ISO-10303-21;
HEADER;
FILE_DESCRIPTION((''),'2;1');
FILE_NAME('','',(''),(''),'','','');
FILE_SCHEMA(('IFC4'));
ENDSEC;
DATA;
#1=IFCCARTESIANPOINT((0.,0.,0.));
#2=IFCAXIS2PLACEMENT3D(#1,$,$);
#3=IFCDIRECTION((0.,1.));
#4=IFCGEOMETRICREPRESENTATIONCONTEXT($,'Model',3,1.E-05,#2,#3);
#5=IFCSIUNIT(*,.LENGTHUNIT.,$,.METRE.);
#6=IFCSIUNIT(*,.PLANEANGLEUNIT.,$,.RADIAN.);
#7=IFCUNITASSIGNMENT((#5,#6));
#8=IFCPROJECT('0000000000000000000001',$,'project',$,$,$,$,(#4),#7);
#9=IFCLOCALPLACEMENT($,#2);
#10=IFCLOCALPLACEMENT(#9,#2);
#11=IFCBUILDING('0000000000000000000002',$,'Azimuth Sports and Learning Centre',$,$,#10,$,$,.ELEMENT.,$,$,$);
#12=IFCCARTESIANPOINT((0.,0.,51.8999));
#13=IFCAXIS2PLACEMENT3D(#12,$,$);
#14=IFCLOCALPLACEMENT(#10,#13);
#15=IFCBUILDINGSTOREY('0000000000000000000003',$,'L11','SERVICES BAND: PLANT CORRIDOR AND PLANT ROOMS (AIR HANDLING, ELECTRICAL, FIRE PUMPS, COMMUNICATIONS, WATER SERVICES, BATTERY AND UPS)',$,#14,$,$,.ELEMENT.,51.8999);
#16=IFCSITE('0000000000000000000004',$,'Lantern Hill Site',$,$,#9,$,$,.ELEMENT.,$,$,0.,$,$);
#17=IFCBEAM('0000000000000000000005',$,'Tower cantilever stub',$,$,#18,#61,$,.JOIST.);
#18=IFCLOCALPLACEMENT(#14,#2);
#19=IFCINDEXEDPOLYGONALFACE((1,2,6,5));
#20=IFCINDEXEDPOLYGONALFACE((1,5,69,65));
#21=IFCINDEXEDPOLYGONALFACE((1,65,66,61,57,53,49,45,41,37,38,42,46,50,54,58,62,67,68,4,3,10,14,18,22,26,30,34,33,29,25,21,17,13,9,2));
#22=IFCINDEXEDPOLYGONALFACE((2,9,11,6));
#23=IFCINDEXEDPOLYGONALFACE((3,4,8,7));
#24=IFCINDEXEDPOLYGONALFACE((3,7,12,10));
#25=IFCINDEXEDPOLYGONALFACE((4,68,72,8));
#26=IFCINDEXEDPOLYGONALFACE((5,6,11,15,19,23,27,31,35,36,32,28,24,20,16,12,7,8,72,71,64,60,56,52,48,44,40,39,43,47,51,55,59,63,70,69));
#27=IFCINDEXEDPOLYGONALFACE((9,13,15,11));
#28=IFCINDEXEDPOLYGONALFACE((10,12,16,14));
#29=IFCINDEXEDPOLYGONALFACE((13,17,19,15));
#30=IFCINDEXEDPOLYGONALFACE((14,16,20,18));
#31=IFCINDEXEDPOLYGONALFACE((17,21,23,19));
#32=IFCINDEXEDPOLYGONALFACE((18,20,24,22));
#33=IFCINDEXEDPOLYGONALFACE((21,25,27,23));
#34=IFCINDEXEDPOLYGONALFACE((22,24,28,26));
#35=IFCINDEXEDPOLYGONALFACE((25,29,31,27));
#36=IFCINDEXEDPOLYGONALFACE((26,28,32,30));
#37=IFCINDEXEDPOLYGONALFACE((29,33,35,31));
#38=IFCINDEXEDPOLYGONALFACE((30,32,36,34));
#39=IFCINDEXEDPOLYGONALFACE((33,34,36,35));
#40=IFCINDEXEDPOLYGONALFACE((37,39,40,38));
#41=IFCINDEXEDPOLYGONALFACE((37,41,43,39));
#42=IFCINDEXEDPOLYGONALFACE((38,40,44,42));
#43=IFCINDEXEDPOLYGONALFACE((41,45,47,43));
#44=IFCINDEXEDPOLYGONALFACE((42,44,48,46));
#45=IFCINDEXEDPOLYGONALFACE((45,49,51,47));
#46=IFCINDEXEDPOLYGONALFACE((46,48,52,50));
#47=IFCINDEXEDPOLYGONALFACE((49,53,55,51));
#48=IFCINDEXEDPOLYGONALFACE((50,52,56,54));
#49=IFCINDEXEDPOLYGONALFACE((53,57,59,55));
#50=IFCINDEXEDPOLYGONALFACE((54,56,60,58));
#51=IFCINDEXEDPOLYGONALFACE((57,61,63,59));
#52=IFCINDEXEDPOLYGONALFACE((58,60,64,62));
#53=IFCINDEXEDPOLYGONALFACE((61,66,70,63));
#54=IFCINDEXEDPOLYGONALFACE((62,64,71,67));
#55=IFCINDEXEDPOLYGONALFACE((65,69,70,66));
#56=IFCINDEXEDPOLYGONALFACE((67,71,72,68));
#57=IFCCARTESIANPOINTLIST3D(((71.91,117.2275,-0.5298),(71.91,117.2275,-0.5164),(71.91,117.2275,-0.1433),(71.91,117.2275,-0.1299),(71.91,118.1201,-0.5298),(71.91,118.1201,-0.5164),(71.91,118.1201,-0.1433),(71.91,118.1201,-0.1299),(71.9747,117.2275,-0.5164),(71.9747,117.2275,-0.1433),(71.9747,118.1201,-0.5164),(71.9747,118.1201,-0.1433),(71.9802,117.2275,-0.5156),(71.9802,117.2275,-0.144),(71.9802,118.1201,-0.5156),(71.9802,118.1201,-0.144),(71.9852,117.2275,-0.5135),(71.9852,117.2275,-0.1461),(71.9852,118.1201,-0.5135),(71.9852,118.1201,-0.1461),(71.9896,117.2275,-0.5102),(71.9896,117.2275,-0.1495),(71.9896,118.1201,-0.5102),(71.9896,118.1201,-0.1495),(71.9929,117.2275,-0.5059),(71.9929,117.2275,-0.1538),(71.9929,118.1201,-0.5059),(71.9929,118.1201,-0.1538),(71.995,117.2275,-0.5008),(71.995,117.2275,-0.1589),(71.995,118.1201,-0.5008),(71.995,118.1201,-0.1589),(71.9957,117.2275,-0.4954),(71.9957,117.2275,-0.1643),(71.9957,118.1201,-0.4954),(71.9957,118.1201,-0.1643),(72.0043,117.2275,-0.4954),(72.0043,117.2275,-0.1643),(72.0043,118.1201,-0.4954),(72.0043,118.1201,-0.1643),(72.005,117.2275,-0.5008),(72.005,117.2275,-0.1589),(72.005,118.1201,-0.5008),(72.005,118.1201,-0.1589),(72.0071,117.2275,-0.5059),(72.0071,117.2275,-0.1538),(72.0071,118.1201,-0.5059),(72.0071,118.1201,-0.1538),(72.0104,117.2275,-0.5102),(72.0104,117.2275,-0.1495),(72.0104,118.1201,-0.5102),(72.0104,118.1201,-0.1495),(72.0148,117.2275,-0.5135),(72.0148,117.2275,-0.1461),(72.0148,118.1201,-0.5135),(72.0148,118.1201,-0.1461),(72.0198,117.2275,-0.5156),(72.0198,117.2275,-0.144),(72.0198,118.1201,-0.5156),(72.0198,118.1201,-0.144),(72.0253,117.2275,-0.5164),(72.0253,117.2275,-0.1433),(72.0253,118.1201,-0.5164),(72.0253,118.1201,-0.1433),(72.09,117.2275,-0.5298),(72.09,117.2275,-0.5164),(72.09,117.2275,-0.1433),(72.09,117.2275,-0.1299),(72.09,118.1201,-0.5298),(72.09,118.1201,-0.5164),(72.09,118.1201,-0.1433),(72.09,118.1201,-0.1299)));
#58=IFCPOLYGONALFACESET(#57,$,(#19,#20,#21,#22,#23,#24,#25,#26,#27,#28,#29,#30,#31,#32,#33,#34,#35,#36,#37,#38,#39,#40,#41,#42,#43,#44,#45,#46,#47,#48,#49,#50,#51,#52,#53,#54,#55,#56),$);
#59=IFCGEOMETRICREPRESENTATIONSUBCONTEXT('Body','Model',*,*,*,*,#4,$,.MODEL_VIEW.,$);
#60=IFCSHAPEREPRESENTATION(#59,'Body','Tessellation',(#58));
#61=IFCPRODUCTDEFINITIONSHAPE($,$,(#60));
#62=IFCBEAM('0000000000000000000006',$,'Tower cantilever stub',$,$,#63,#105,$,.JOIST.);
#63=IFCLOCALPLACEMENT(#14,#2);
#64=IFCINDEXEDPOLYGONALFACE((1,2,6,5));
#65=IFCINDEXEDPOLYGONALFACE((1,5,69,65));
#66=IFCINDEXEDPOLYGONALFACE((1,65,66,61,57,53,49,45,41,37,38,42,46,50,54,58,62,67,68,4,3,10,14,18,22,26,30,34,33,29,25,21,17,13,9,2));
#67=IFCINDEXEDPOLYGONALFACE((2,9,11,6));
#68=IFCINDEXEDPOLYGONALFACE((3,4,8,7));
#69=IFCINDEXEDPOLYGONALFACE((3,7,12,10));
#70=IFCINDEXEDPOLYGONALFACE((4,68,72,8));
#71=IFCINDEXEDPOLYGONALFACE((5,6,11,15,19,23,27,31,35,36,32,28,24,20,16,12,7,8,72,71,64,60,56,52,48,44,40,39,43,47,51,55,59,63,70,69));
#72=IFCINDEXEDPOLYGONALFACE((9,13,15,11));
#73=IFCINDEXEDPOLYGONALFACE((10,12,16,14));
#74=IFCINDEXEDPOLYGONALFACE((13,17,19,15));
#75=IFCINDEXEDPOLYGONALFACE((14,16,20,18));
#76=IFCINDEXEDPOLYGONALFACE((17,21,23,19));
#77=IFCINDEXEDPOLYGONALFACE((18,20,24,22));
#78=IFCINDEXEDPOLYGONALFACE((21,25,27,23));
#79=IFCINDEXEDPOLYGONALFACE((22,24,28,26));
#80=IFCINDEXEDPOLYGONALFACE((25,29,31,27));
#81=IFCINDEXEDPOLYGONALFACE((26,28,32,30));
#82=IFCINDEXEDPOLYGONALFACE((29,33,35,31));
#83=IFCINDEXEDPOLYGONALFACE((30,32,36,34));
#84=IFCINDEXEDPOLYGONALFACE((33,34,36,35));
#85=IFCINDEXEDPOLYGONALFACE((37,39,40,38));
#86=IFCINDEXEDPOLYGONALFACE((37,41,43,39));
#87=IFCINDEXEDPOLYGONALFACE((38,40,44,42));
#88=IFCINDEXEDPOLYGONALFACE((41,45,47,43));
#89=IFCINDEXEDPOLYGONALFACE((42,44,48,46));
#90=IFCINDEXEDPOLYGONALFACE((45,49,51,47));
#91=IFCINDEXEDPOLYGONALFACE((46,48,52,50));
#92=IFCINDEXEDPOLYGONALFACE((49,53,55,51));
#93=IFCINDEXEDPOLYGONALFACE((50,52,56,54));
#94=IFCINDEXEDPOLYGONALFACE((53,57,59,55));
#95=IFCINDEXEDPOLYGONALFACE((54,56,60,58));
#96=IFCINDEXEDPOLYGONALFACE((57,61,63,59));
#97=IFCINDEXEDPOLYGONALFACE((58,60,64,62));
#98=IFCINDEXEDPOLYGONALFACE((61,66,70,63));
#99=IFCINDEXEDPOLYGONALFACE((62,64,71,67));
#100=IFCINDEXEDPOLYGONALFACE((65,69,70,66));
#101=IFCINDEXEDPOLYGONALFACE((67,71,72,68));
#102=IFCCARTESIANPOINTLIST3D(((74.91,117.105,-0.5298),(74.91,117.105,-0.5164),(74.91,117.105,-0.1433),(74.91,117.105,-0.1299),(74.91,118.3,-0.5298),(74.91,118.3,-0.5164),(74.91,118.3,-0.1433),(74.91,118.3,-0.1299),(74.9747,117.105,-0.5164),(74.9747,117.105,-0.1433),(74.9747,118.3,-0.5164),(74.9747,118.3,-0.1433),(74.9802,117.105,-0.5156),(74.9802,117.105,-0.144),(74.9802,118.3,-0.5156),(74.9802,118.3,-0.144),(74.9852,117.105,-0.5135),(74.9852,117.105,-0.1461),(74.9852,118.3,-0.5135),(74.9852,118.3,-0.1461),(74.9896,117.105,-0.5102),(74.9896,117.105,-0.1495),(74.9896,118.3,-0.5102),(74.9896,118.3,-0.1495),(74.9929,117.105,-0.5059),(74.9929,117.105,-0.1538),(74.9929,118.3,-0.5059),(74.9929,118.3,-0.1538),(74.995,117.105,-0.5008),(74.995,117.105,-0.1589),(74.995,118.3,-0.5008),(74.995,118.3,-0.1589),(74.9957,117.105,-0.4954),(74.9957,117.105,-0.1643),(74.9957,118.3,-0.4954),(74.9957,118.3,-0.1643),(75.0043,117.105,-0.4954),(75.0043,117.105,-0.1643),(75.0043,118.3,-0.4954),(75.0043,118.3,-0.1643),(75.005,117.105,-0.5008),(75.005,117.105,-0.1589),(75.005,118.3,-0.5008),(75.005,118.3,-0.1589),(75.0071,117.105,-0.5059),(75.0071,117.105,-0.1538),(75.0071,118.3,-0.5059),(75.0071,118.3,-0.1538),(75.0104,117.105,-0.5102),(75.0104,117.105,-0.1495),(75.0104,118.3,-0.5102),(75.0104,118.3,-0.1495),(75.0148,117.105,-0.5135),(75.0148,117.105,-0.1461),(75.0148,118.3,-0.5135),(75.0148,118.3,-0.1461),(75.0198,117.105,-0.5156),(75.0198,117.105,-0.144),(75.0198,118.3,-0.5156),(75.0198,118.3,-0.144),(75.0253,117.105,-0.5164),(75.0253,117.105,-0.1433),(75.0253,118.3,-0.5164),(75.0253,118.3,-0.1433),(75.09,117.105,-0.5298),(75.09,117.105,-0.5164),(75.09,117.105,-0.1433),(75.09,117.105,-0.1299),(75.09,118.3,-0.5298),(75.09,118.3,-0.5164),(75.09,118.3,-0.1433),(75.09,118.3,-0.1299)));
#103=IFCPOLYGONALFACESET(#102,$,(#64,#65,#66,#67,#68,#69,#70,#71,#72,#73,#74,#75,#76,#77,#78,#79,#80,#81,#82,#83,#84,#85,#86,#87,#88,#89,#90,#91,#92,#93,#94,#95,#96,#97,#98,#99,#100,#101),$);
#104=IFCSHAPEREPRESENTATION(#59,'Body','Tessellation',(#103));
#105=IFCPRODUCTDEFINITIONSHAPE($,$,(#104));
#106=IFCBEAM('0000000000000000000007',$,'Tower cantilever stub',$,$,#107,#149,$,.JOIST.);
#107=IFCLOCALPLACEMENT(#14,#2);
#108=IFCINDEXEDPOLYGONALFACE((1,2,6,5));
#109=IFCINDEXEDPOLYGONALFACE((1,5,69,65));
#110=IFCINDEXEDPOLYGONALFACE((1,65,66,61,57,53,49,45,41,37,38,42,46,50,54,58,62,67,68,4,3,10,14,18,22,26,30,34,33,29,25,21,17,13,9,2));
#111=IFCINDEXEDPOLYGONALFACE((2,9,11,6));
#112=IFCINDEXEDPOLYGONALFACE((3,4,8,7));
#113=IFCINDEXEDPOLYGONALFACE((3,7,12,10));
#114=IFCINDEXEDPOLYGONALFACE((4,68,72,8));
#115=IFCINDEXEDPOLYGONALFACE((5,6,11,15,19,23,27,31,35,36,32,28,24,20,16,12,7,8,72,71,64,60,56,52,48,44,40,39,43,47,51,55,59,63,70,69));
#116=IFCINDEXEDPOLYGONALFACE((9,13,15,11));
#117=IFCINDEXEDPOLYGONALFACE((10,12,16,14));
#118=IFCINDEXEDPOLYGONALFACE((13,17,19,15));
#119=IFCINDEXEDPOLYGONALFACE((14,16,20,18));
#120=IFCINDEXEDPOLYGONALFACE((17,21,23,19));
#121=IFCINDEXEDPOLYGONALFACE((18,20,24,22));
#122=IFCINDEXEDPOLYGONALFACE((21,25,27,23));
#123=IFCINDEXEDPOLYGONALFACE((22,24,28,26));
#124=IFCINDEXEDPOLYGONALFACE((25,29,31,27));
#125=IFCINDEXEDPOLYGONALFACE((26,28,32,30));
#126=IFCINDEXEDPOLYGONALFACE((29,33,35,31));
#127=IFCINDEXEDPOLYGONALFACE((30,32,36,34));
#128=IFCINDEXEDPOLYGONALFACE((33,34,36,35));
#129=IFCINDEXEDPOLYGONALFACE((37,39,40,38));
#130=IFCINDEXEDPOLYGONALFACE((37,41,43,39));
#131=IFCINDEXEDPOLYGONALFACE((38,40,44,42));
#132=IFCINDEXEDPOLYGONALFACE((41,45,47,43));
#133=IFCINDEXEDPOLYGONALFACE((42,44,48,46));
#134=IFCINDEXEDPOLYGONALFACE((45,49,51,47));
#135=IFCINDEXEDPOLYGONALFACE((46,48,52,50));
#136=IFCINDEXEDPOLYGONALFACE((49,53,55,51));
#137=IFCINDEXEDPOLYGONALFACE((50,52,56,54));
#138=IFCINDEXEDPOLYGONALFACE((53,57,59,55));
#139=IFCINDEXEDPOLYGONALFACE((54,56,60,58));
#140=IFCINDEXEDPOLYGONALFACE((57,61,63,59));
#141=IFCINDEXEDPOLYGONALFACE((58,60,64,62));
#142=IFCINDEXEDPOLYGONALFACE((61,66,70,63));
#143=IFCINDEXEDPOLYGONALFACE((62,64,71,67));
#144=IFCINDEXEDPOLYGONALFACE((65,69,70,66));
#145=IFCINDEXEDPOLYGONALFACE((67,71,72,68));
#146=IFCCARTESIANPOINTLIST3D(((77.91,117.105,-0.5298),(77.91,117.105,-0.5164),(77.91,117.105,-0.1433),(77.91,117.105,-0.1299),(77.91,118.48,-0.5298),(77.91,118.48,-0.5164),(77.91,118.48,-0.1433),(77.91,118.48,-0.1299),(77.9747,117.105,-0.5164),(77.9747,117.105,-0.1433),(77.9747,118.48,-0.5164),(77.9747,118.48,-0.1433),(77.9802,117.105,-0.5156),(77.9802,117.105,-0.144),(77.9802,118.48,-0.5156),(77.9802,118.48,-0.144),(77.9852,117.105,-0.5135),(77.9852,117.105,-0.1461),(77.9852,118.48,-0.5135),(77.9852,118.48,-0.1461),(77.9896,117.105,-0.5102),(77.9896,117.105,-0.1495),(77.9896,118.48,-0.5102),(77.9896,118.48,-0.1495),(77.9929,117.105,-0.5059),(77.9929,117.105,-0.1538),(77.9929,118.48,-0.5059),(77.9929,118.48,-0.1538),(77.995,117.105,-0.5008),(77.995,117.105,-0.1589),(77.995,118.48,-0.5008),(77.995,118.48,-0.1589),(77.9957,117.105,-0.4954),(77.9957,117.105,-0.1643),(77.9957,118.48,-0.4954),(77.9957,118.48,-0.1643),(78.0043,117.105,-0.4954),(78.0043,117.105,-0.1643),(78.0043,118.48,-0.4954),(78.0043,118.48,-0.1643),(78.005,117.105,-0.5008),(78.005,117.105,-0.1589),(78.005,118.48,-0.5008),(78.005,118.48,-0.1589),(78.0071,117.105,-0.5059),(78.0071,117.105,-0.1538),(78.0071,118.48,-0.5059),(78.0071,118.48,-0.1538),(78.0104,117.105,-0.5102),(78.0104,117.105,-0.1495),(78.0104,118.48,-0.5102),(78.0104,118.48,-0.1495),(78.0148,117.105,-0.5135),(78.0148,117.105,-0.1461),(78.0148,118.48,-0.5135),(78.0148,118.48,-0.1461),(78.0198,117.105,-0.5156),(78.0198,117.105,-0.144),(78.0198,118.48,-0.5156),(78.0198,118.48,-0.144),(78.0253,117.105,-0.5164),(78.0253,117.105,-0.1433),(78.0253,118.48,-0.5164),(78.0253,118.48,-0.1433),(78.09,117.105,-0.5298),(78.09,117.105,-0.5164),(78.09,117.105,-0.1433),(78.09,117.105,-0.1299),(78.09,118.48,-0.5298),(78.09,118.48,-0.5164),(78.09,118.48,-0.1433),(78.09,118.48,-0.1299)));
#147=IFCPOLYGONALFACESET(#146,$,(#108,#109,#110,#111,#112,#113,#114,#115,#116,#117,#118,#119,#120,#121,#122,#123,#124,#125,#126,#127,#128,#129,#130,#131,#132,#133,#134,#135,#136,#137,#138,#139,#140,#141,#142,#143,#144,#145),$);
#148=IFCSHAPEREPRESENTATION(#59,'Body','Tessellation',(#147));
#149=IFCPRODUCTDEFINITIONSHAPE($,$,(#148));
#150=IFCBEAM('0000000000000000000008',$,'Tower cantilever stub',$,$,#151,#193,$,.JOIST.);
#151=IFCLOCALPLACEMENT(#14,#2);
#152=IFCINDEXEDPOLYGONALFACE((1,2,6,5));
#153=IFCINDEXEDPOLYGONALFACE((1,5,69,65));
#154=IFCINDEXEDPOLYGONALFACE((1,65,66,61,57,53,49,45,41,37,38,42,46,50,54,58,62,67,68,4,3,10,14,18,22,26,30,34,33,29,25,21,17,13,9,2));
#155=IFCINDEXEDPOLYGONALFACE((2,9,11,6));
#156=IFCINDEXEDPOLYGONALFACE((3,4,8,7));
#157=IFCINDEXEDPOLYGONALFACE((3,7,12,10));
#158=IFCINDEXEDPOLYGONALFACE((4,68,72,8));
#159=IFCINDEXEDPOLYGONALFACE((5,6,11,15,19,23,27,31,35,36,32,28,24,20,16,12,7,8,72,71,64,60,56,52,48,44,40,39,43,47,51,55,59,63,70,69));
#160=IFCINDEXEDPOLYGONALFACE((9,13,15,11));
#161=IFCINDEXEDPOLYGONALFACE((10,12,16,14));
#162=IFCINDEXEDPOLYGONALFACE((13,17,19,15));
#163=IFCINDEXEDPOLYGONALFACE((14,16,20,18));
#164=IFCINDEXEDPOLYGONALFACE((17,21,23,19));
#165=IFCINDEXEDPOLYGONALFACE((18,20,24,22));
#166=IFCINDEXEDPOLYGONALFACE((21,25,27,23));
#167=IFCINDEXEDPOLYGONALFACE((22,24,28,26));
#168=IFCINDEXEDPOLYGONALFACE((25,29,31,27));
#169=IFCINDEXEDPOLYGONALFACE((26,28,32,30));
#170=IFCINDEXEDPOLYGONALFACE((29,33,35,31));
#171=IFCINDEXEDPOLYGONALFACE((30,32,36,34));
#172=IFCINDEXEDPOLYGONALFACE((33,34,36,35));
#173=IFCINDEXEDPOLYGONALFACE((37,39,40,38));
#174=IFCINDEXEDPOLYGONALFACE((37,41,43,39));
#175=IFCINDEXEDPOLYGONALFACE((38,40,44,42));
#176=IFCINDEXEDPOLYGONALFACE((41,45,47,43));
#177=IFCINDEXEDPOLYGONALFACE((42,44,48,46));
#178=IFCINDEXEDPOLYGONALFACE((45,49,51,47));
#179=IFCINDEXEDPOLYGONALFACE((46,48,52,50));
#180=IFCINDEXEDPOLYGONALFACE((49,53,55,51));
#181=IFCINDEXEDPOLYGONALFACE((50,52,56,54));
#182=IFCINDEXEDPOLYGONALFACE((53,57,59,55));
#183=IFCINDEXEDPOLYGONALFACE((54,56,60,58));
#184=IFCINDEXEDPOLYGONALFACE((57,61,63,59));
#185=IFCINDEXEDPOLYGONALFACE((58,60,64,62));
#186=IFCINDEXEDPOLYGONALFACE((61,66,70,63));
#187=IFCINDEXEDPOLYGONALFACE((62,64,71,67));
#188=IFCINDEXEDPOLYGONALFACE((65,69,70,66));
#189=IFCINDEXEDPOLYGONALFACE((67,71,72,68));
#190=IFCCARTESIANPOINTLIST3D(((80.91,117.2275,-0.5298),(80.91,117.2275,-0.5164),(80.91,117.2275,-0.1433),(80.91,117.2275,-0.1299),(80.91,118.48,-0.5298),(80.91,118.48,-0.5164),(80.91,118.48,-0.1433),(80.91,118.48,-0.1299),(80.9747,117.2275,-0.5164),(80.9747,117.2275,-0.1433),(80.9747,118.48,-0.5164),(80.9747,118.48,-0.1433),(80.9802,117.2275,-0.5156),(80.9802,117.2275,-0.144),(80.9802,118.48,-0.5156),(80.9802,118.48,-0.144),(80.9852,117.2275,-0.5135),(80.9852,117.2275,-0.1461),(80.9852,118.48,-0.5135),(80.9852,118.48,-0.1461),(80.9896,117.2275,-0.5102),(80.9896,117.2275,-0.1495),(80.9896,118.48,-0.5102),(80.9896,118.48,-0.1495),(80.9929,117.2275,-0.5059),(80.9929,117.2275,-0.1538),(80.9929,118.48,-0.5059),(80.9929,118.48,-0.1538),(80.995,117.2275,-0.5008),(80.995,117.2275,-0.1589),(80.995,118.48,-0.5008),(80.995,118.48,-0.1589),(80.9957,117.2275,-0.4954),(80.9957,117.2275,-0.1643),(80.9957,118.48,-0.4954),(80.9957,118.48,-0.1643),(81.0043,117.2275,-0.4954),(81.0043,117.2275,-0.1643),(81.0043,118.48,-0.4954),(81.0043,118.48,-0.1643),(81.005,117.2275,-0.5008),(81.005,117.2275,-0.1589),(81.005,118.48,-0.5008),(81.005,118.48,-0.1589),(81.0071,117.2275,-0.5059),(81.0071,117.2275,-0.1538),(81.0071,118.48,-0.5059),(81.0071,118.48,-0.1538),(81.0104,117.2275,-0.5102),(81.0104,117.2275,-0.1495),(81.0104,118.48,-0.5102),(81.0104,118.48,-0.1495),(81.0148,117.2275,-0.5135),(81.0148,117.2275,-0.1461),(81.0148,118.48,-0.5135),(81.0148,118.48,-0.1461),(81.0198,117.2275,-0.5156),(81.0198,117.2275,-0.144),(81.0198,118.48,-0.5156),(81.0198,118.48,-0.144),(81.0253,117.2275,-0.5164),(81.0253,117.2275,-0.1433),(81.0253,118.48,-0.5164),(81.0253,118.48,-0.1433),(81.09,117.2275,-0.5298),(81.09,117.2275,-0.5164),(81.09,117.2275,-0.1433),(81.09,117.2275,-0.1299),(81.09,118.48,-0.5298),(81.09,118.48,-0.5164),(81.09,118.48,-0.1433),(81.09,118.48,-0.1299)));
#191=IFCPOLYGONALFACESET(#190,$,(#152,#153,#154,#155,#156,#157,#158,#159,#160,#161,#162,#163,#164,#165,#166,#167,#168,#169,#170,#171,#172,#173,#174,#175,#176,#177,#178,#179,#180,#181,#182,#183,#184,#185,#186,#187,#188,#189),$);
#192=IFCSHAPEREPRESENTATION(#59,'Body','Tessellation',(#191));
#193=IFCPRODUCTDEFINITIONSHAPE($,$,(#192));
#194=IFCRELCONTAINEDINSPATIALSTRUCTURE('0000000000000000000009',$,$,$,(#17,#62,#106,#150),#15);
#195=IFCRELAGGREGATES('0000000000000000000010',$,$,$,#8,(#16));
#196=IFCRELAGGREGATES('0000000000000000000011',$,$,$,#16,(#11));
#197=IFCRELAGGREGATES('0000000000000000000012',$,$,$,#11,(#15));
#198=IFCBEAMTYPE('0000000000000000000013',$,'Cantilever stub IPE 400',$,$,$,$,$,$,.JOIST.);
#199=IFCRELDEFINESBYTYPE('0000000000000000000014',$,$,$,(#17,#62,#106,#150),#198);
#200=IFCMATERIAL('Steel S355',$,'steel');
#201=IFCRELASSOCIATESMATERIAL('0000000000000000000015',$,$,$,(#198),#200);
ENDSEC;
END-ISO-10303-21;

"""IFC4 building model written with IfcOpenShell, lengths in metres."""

from ifc_helpers import new_model, si_unit, direction, frame, origin, origin_2d, place, context, subcontext, project, spatial, i_section, extrude, material, material_profile, profile_set, type_object, element, save


model = new_model("IFC4")

# Units and contexts
model_context = context("Model", 3, precision=1e-05, world=origin(), true_north=direction((0.0, 1.0)))
body_context = subcontext(model_context, "Body", "Model", "MODEL_VIEW")
ifc_project = project(units=[si_unit("LENGTHUNIT", "METRE"), si_unit("PLANEANGLEUNIT", "RADIAN")], contexts=[model_context])

# Site, building, storey
site_placement = place(None, origin())
site = spatial("IfcSite", under=ifc_project, at=site_placement, Name="Lantern Hill Site", CompositionType="ELEMENT", RefElevation=0.0)
building_placement = place(site_placement, origin())
building = spatial("IfcBuilding", under=site, at=building_placement, Name="Azimuth Sports and Learning Centre", CompositionType="ELEMENT")
storey_placement = place(building_placement, frame((0.0, 0.0, 51.8999)))
storey = spatial("IfcBuildingStorey", under=building, at=storey_placement, Name="L11", Description="SERVICES BAND: PLANT CORRIDOR AND PLANT ROOMS (AIR HANDLING, ELECTRICAL, FIRE PUMPS, COMMUNICATIONS, WATER SERVICES, BATTERY AND UPS)", CompositionType="ELEMENT", Elevation=51.8999)

# Beams
ifc_material_1 = material(Name="Steel S355", Category="steel")
ifc_material_profile_1 = material_profile(ifc_material_1, i_section(OverallWidth=0.1799, OverallDepth=0.3999, WebThickness=0.0085, FlangeThickness=0.0134, FilletRadius=0.021, at=origin_2d()), Name="IPE 400")
ifc_profile_set_1 = profile_set([ifc_material_profile_1], Name="Steel S355")
beam_type_1 = type_object("IfcBeamType", Name="Cantilever stub IPE 400", PredefinedType="JOIST", material=ifc_profile_set_1)
beam_1_placement = place(storey_placement, frame((72.0, 117.2275, -0.3298), z_axis=(0.0, 1.0, 0.0), x_axis=(-1.0, 0.0, 0.0)))
element("IfcBeam", 1, at=beam_1_placement, inside=storey, type_object=beam_type_1, Name="Tower cantilever stub", PredefinedType="JOIST", context=body_context, shape_type="SweptSolid", body=[
    extrude(i_section(OverallWidth=0.1799, OverallDepth=0.3999, WebThickness=0.0085, FlangeThickness=0.0134, FilletRadius=0.021, at=origin_2d()), origin(), (0.0, 0.0, 1.0), 0.8926),
])
beam_2_placement = place(storey_placement, frame((75.0, 117.105, -0.3298), z_axis=(0.0, 1.0, 0.0), x_axis=(-1.0, 0.0, 0.0)))
element("IfcBeam", 2, at=beam_2_placement, inside=storey, type_object=beam_type_1, Name="Tower cantilever stub", PredefinedType="JOIST", context=body_context, shape_type="SweptSolid", body=[
    extrude(i_section(OverallWidth=0.1799, OverallDepth=0.3999, WebThickness=0.0085, FlangeThickness=0.0134, FilletRadius=0.021, at=origin_2d()), origin(), (0.0, 0.0, 1.0), 1.1951),
])
beam_3_placement = place(storey_placement, frame((78.0, 117.105, -0.3298), z_axis=(0.0, 1.0, 0.0), x_axis=(-1.0, 0.0, 0.0)))
element("IfcBeam", 3, at=beam_3_placement, inside=storey, type_object=beam_type_1, Name="Tower cantilever stub", PredefinedType="JOIST", context=body_context, shape_type="SweptSolid", body=[
    extrude(i_section(OverallWidth=0.1799, OverallDepth=0.3999, WebThickness=0.0085, FlangeThickness=0.0134, FilletRadius=0.021, at=origin_2d()), origin(), (0.0, 0.0, 1.0), 1.375),
])
beam_4_placement = place(storey_placement, frame((81.0, 117.2275, -0.3298), z_axis=(0.0, 1.0, 0.0), x_axis=(-1.0, 0.0, 0.0)))
element("IfcBeam", 4, at=beam_4_placement, inside=storey, type_object=beam_type_1, Name="Tower cantilever stub", PredefinedType="JOIST", context=body_context, shape_type="SweptSolid", body=[
    extrude(i_section(OverallWidth=0.1799, OverallDepth=0.3999, WebThickness=0.0085, FlangeThickness=0.0134, FilletRadius=0.021, at=origin_2d()), origin(), (0.0, 0.0, 1.0), 1.2524),
])

save(model, "model.ifc")
